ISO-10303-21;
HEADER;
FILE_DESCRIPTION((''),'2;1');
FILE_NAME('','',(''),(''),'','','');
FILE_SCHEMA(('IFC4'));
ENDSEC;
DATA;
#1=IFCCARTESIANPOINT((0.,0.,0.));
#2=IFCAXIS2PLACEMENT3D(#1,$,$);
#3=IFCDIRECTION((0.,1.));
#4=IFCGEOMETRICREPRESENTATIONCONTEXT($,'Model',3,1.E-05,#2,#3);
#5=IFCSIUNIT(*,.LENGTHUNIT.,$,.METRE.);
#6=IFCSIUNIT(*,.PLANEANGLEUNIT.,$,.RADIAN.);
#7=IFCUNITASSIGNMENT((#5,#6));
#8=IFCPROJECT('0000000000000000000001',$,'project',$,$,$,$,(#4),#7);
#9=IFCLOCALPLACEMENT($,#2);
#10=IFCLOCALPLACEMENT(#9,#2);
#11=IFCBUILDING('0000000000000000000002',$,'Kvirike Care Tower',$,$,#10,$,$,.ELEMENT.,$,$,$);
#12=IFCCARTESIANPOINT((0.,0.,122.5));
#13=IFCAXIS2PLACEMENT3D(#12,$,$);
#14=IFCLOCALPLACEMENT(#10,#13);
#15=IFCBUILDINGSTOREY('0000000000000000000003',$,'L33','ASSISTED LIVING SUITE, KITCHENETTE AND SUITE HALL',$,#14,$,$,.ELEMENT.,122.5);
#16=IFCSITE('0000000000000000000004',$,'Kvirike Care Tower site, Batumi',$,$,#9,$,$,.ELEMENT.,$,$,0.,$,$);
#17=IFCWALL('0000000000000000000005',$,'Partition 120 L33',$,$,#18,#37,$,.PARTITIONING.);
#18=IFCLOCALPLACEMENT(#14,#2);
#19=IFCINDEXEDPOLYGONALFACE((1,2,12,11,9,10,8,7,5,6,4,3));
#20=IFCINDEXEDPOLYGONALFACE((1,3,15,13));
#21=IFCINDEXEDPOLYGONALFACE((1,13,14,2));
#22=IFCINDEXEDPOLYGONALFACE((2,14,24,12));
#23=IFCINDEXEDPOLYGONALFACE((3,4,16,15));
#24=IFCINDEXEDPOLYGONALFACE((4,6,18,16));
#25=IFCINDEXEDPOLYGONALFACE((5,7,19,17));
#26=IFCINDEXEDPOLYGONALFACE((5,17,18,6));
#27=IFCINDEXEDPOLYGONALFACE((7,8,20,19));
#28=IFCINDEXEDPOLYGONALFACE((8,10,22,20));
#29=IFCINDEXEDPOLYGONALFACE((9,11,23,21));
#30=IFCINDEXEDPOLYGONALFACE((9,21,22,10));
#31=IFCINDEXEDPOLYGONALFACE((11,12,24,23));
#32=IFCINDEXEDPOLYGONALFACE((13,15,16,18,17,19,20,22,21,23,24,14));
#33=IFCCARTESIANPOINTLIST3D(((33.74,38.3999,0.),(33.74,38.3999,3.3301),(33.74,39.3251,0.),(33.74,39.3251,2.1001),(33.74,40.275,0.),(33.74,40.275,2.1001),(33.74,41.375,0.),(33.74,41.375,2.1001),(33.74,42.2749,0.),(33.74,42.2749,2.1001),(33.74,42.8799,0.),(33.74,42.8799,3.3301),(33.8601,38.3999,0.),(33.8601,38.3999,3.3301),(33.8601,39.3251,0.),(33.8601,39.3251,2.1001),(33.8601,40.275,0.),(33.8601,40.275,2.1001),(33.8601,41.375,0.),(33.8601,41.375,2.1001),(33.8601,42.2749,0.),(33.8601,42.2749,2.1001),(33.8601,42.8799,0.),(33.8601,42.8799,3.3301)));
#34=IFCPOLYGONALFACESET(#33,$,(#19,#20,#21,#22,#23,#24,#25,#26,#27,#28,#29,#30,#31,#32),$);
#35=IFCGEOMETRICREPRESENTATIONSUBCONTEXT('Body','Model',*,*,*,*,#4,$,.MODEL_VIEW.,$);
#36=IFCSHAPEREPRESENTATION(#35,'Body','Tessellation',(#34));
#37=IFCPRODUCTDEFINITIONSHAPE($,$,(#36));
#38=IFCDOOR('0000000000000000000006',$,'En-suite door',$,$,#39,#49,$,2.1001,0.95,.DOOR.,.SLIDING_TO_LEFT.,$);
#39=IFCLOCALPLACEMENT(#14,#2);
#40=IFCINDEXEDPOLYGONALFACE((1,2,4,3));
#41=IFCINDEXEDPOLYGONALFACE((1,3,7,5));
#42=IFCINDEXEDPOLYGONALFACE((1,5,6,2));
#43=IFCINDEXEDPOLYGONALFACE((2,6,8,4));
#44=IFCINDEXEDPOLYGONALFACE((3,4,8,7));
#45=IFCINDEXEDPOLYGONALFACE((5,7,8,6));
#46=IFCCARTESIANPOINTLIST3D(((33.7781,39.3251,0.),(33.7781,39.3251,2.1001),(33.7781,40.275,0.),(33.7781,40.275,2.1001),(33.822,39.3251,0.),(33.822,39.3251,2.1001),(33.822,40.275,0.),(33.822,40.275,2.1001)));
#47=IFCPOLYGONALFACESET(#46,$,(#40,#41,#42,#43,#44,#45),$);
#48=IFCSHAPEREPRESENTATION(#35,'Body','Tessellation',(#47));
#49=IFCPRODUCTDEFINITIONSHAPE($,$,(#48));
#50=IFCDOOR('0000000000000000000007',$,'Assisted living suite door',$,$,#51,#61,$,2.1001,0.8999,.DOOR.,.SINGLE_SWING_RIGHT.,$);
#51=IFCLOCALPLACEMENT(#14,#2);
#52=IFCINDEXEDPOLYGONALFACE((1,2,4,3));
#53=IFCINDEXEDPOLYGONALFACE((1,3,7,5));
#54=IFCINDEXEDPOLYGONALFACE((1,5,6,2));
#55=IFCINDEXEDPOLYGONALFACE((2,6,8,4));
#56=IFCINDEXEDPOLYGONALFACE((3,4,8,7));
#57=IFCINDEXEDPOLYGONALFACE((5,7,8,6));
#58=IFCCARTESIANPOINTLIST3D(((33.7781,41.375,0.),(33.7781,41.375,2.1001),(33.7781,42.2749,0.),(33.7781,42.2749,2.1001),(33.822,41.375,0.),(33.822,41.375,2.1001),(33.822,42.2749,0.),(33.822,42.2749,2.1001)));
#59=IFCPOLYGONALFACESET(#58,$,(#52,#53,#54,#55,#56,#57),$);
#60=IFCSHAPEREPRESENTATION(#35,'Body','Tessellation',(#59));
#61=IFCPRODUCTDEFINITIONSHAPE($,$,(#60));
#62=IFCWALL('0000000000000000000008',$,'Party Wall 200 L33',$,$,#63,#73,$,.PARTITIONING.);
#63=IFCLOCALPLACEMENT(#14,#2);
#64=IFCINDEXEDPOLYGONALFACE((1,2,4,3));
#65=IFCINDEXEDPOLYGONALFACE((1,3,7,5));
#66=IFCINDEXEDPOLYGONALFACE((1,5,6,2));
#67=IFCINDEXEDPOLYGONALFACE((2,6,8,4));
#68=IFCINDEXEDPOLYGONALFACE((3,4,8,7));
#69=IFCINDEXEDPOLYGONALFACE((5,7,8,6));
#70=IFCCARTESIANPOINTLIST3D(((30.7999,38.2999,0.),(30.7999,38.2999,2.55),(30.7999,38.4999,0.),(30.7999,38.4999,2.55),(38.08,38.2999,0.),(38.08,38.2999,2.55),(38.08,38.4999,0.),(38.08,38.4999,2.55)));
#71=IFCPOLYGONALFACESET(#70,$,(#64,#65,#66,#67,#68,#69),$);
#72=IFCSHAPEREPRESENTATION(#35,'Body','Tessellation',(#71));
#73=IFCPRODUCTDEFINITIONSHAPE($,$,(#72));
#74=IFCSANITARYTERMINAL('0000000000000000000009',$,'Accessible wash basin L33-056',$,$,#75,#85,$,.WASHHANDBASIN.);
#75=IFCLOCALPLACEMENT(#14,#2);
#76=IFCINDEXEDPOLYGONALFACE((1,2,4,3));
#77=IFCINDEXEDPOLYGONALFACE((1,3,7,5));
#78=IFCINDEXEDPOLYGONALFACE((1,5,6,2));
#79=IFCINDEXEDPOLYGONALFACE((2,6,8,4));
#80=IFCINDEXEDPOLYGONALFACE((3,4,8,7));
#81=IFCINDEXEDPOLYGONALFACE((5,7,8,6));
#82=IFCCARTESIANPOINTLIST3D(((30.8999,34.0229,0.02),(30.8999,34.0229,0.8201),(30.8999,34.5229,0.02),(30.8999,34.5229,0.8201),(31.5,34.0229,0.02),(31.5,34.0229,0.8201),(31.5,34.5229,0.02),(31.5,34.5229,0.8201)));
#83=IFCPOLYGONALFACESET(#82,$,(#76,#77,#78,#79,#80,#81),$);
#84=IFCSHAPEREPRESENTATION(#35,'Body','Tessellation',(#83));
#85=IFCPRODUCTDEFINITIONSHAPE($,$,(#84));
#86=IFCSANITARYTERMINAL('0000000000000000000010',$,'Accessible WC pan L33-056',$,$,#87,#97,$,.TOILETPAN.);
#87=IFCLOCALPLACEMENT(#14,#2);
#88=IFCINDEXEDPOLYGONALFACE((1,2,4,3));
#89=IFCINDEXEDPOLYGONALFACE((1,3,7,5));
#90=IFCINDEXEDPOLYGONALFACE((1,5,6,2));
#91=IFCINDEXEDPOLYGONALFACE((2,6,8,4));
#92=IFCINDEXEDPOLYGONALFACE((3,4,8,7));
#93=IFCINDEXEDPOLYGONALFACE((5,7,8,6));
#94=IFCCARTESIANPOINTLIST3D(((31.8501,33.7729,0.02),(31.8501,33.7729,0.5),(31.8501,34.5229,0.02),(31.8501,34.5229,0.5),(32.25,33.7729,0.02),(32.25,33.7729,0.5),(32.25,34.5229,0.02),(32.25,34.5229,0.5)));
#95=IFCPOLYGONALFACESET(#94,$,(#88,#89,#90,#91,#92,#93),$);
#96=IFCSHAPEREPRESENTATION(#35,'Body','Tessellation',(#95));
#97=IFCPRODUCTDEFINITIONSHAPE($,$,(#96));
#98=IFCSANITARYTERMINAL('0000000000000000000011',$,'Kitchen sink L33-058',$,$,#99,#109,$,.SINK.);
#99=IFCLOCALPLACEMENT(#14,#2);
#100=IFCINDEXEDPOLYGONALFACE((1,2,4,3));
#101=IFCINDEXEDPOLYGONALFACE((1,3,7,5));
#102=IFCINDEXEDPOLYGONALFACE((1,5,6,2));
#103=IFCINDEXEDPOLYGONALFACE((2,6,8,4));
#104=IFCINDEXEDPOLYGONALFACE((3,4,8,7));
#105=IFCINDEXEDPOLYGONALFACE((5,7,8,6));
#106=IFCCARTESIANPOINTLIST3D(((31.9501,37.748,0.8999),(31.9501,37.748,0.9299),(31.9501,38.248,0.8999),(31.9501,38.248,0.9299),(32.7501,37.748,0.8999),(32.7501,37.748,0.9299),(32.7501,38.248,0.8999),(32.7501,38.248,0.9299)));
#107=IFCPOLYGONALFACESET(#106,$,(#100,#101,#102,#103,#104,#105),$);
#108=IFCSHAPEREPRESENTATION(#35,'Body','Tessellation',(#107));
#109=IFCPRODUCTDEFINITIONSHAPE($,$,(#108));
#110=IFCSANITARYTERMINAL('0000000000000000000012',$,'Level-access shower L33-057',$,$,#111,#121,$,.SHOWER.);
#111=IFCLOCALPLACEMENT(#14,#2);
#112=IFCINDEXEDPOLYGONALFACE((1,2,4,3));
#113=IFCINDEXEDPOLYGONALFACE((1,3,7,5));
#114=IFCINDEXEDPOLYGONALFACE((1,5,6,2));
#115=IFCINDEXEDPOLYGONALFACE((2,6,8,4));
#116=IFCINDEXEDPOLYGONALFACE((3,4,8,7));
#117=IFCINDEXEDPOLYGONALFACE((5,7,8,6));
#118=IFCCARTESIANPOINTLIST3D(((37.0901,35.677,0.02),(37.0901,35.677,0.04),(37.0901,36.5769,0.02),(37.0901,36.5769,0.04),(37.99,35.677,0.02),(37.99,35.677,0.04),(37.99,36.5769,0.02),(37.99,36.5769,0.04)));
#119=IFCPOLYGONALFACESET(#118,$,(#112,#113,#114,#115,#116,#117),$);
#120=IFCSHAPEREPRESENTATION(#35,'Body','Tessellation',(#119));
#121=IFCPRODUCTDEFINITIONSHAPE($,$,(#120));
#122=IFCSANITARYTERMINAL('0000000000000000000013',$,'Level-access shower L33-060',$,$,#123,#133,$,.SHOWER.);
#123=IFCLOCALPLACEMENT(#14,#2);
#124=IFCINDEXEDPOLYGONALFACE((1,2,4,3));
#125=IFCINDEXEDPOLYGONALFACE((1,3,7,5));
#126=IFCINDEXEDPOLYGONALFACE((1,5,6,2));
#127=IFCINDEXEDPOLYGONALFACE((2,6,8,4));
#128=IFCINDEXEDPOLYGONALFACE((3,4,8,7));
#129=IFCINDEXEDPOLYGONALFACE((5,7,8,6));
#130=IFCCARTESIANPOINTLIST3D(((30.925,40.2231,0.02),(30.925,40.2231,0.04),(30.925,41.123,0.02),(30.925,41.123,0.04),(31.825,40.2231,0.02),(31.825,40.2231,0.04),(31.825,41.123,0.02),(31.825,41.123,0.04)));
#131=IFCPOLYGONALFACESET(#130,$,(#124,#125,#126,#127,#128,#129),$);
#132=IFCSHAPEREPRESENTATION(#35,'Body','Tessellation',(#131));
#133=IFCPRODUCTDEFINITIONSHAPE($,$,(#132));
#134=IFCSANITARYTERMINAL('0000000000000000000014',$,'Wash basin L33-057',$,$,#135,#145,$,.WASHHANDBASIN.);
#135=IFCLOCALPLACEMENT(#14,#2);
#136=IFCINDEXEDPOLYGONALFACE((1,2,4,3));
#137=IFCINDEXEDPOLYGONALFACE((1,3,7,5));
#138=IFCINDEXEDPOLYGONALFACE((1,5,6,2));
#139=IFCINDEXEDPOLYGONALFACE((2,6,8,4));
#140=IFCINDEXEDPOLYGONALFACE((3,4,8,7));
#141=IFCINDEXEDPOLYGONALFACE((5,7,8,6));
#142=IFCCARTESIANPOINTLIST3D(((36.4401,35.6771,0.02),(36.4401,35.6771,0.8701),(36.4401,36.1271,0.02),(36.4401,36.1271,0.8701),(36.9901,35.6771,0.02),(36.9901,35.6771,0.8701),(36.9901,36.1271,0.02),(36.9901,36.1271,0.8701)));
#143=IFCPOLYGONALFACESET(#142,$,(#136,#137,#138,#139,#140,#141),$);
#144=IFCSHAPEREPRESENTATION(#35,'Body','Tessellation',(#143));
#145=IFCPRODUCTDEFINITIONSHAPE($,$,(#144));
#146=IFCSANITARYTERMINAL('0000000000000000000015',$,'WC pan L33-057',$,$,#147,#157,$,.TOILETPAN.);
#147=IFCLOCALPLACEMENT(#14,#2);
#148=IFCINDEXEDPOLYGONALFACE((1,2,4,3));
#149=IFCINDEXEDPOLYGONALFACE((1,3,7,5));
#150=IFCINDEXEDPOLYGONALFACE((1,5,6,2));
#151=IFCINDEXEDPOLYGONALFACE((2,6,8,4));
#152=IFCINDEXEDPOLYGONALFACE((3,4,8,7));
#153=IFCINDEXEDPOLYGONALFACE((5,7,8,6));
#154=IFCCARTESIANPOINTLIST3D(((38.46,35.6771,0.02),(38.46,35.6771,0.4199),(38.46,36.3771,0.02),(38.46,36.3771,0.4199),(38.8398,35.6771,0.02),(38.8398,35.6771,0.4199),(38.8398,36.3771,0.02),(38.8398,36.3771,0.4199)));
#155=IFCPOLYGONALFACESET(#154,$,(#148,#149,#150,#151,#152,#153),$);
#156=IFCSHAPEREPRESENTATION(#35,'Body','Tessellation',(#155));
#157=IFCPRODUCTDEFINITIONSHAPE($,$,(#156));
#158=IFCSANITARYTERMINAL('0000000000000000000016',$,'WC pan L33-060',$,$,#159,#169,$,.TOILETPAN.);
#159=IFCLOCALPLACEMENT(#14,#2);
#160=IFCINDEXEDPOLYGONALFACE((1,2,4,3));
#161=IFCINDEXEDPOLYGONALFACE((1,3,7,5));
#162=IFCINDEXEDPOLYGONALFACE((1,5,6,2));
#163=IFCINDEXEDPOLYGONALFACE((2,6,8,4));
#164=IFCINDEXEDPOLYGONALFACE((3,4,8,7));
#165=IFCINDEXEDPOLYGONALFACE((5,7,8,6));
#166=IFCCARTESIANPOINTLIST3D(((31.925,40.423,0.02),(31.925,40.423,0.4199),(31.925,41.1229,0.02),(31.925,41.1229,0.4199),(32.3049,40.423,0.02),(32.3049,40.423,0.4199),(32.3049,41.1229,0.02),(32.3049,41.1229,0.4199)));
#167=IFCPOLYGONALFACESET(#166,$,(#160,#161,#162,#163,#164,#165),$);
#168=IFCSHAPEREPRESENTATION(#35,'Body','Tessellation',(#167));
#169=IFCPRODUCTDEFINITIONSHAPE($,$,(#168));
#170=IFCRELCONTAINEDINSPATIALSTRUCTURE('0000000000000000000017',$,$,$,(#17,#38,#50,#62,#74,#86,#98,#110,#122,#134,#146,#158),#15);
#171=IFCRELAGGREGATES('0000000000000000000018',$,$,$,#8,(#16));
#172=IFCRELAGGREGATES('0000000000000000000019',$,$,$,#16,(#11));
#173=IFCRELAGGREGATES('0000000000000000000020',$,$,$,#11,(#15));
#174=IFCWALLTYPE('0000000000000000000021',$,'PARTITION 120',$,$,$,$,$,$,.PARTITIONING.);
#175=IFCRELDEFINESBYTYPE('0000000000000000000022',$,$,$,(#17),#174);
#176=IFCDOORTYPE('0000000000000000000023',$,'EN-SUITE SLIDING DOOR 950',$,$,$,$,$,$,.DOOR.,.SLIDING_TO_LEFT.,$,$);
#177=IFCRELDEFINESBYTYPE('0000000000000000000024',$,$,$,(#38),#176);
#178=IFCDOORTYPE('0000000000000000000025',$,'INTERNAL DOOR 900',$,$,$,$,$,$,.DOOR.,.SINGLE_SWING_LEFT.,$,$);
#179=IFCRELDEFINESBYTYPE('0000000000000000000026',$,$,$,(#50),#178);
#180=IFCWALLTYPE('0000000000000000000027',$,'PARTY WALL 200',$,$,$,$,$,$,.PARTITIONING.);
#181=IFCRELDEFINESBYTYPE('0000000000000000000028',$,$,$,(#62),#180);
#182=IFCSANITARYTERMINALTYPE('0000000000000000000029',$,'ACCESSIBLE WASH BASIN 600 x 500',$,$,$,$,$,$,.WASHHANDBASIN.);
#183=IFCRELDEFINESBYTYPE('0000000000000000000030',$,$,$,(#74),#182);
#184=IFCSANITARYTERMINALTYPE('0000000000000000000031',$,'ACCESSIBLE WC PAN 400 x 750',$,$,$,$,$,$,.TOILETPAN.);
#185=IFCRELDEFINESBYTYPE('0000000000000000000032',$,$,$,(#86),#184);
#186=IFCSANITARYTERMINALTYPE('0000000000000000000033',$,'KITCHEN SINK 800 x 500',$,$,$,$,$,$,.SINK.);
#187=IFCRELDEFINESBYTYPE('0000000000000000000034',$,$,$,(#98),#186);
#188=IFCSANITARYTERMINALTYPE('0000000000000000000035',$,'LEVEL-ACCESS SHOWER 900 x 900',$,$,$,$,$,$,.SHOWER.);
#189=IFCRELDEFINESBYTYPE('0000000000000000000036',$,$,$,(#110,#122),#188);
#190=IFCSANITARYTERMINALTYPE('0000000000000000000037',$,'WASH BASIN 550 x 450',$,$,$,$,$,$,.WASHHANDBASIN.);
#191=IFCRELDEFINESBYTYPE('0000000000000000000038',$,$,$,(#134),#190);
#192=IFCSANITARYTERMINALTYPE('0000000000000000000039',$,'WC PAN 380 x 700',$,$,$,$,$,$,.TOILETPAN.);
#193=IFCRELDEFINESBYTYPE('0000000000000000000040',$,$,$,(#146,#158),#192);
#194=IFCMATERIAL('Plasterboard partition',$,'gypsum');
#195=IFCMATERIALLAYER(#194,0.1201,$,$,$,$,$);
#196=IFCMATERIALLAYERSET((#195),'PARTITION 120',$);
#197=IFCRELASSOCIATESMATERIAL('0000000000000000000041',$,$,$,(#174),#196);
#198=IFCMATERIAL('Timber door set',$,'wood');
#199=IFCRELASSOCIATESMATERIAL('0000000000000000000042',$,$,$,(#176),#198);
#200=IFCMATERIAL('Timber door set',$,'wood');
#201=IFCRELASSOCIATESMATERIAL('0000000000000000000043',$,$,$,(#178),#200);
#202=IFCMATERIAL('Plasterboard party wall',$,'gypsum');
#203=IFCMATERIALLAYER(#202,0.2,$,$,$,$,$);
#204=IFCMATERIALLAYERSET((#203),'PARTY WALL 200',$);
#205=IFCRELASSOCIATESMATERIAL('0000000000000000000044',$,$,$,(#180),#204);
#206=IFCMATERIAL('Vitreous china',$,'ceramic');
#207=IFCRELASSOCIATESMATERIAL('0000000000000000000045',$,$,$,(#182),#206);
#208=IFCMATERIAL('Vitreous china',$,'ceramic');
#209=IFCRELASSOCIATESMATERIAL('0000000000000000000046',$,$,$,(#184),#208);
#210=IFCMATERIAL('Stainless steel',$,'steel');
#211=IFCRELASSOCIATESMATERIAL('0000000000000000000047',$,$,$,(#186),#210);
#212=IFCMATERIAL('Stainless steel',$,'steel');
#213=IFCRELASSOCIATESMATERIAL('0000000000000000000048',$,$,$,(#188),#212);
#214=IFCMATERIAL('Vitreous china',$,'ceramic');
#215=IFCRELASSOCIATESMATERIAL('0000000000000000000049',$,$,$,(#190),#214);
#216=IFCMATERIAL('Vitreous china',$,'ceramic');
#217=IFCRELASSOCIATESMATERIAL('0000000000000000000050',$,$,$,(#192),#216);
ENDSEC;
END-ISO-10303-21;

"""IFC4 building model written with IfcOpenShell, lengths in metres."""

from ifc_helpers import new_model, si_unit, direction, frame, frame_2d, origin, origin_2d, place, context, subcontext, project, spatial, rectangle, extrude, material, layer, layer_set, type_object, element, fill, save


model = new_model("IFC4")

# Units and contexts
model_context = context("Model", 3, precision=1e-05, world=origin(), true_north=direction((0.0, 1.0)))
body_context = subcontext(model_context, "Body", "Model", "MODEL_VIEW")
ifc_project = project(units=[si_unit("LENGTHUNIT", "METRE"), si_unit("PLANEANGLEUNIT", "RADIAN")], contexts=[model_context])

# Site, building, storey
site_placement = place(None, origin())
site = spatial("IfcSite", under=ifc_project, at=site_placement, Name="Kvirike Care Tower site, Batumi", CompositionType="ELEMENT", RefElevation=0.0)
building_placement = place(site_placement, origin())
building = spatial("IfcBuilding", under=site, at=building_placement, Name="Kvirike Care Tower", CompositionType="ELEMENT")
storey_placement = place(building_placement, frame((0.0, 0.0, 122.5)))
storey = spatial("IfcBuildingStorey", under=building, at=storey_placement, Name="L33", Description="ASSISTED LIVING SUITE, KITCHENETTE AND SUITE HALL", CompositionType="ELEMENT", Elevation=122.5)

# Wall, openings, doors
ifc_material_1 = material(Name="Plasterboard partition", Category="gypsum")
ifc_layer_1 = layer(ifc_material_1, 0.1201)
ifc_layer_set_1 = layer_set([ifc_layer_1], Name="PARTITION 120")
wall_type_1 = type_object("IfcWallType", Name="PARTITION 120", PredefinedType="PARTITIONING", material=ifc_layer_set_1)
wall_1_placement = place(storey_placement, frame((33.8, 38.3999, 0.0), z_axis=(0.0, 0.0, 1.0), x_axis=(0.0, 1.0, 0.0)))
wall_1 = element("IfcWall", 1, at=wall_1_placement, inside=storey, type_object=wall_type_1, Name="Partition 120 L33", PredefinedType="PARTITIONING", context=body_context, shape_type="SweptSolid", body=[
    extrude(rectangle(XDim=4.48, YDim=0.1201, at=frame_2d((2.24, 0.0))), origin(), (0.0, 0.0, 1.0), 3.3301),
])
opening_1_placement = place(wall_1_placement, frame((2.9751, 0.0, 0.0)))
opening_1 = element("IfcOpeningElement", 2, at=opening_1_placement, cuts=wall_1, PredefinedType="OPENING", context=body_context, shape_type="SweptSolid", body=[
    extrude(rectangle(XDim=0.8999, YDim=2.1001, at=frame_2d((0.45, 1.05))), frame((0.0, 0.0706, 0.0), z_axis=(0.0, -1.0, 0.0), x_axis=(1.0, 0.0, 0.0)), (0.0, 0.0, 1.0), 0.1411),
])
opening_2_placement = place(wall_1_placement, frame((0.925, 0.0, 0.0)))
opening_2 = element("IfcOpeningElement", 3, at=opening_2_placement, cuts=wall_1, PredefinedType="OPENING", context=body_context, shape_type="SweptSolid", body=[
    extrude(rectangle(XDim=0.95, YDim=2.1001, at=frame_2d((0.4751, 1.05))), frame((0.0, 0.0706, 0.0), z_axis=(0.0, -1.0, 0.0), x_axis=(1.0, 0.0, 0.0)), (0.0, 0.0, 1.0), 0.1411),
])
ifc_material_2 = material(Name="Timber door set", Category="wood")
door_type_1 = type_object("IfcDoorType", Name="EN-SUITE SLIDING DOOR 950", OperationType="SLIDING_TO_LEFT", PredefinedType="DOOR", material=ifc_material_2)
door_1_placement = place(opening_2_placement, origin())
door_1 = element("IfcDoor", 4, at=door_1_placement, inside=storey, type_object=door_type_1, Name="En-suite door", OperationType="SLIDING_TO_LEFT", OverallHeight=2.1001, OverallWidth=0.95, PredefinedType="DOOR", context=body_context, shape_type="SweptSolid", body=[
    extrude(rectangle(XDim=0.95, YDim=2.1001, at=frame_2d((0.4751, 1.05))), frame((0.0, 0.022, 0.0), z_axis=(0.0, -1.0, 0.0), x_axis=(1.0, 0.0, 0.0)), (0.0, 0.0, 1.0), 0.0439),
])
fill(opening_2, door_1)
ifc_material_3 = material(Name="Timber door set", Category="wood")
door_type_2 = type_object("IfcDoorType", Name="INTERNAL DOOR 900", OperationType="SINGLE_SWING_LEFT", PredefinedType="DOOR", material=ifc_material_3)
door_2_placement = place(opening_1_placement, origin())
door_2 = element("IfcDoor", 5, at=door_2_placement, inside=storey, type_object=door_type_2, Name="Assisted living suite door", OperationType="SINGLE_SWING_RIGHT", OverallHeight=2.1001, OverallWidth=0.8999, PredefinedType="DOOR", context=body_context, shape_type="SweptSolid", body=[
    extrude(rectangle(XDim=0.8999, YDim=2.1001, at=frame_2d((0.45, 1.05))), frame((0.0, 0.022, 0.0), z_axis=(0.0, -1.0, 0.0), x_axis=(1.0, 0.0, 0.0)), (0.0, 0.0, 1.0), 0.0439),
])
fill(opening_1, door_2)

# Wall
ifc_material_4 = material(Name="Plasterboard party wall", Category="gypsum")
ifc_layer_2 = layer(ifc_material_4, 0.2)
ifc_layer_set_2 = layer_set([ifc_layer_2], Name="PARTY WALL 200")
wall_type_2 = type_object("IfcWallType", Name="PARTY WALL 200", PredefinedType="PARTITIONING", material=ifc_layer_set_2)
wall_2_placement = place(storey_placement, frame((38.0801, 38.3999, 0.0), z_axis=(0.0, 0.0, 1.0), x_axis=(-1.0, 0.0, 0.0)))
element("IfcWall", 6, at=wall_2_placement, inside=storey, type_object=wall_type_2, Name="Party Wall 200 L33", PredefinedType="PARTITIONING", context=body_context, shape_type="SweptSolid", body=[
    extrude(rectangle(XDim=7.28, YDim=0.2, at=frame_2d((3.6401, 0.0))), origin(), (0.0, 0.0, 1.0), 2.55),
])

# Sanitary terminals
ifc_material_5 = material(Name="Vitreous china", Category="ceramic")
sanitary_terminal_type_1 = type_object("IfcSanitaryTerminalType", Name="ACCESSIBLE WASH BASIN 600 x 500", PredefinedType="WASHHANDBASIN", material=ifc_material_5)
sanitary_terminal_1_placement = place(storey_placement, frame((31.2, 34.2729, 0.02), z_axis=(0.0, 0.0, 1.0), x_axis=(1.0, 0.0, 0.0)))
element("IfcSanitaryTerminal", 7, at=sanitary_terminal_1_placement, inside=storey, type_object=sanitary_terminal_type_1, Name="Accessible wash basin L33-056", PredefinedType="WASHHANDBASIN", context=body_context, shape_type="SweptSolid", body=[
    extrude(rectangle(XDim=0.6001, YDim=0.5, at=origin_2d()), origin(), (0.0, 0.0, 1.0), 0.8),
])
ifc_material_6 = material(Name="Vitreous china", Category="ceramic")
sanitary_terminal_type_2 = type_object("IfcSanitaryTerminalType", Name="ACCESSIBLE WC PAN 400 x 750", PredefinedType="TOILETPAN", material=ifc_material_6)
sanitary_terminal_2_placement = place(storey_placement, frame((32.05, 34.1479, 0.02), z_axis=(0.0, 0.0, 1.0), x_axis=(1.0, 0.0, 0.0)))
element("IfcSanitaryTerminal", 8, at=sanitary_terminal_2_placement, inside=storey, type_object=sanitary_terminal_type_2, Name="Accessible WC pan L33-056", PredefinedType="TOILETPAN", context=body_context, shape_type="SweptSolid", body=[
    extrude(rectangle(XDim=0.3999, YDim=0.75, at=origin_2d()), origin(), (0.0, 0.0, 1.0), 0.48),
])
ifc_material_7 = material(Name="Stainless steel", Category="steel")
sanitary_terminal_type_3 = type_object("IfcSanitaryTerminalType", Name="KITCHEN SINK 800 x 500", PredefinedType="SINK", material=ifc_material_7)
sanitary_terminal_3_placement = place(storey_placement, frame((32.3501, 37.998, 0.8999), z_axis=(0.0, 0.0, 1.0), x_axis=(1.0, 0.0, 0.0)))
element("IfcSanitaryTerminal", 9, at=sanitary_terminal_3_placement, inside=storey, type_object=sanitary_terminal_type_3, Name="Kitchen sink L33-058", PredefinedType="SINK", context=body_context, shape_type="SweptSolid", body=[
    extrude(rectangle(XDim=0.8, YDim=0.5, at=origin_2d()), origin(), (0.0, 0.0, 1.0), 0.03),
])
ifc_material_8 = material(Name="Stainless steel", Category="steel")
sanitary_terminal_type_4 = type_object("IfcSanitaryTerminalType", Name="LEVEL-ACCESS SHOWER 900 x 900", PredefinedType="SHOWER", material=ifc_material_8)
for number, where, z_axis, x_axis, name in (
    (10, (37.54, 36.127, 0.02), (0.0, 0.0, 1.0), (-1.0, 0.0, 0.0), "Level-access shower L33-057"),
    (11, (31.375, 40.6731, 0.02), (0.0, 0.0, 1.0), (1.0, 0.0, 0.0), "Level-access shower L33-060"),
):
    element("IfcSanitaryTerminal", number, at=place(storey_placement, frame(where, z_axis=z_axis, x_axis=x_axis)), inside=storey, type_object=sanitary_terminal_type_4, Name=name, PredefinedType="SHOWER", context=body_context, shape_type="SweptSolid", body=[
        extrude(rectangle(XDim=0.8999, YDim=0.8999, at=origin_2d()), origin(), (0.0, 0.0, 1.0), 0.02),
    ])
ifc_material_9 = material(Name="Vitreous china", Category="ceramic")
sanitary_terminal_type_5 = type_object("IfcSanitaryTerminalType", Name="WASH BASIN 550 x 450", PredefinedType="WASHHANDBASIN", material=ifc_material_9)
sanitary_terminal_4_placement = place(storey_placement, frame((36.7151, 35.9021, 0.02), z_axis=(0.0, 0.0, 1.0), x_axis=(-1.0, 0.0, 0.0)))
element("IfcSanitaryTerminal", 12, at=sanitary_terminal_4_placement, inside=storey, type_object=sanitary_terminal_type_5, Name="Wash basin L33-057", PredefinedType="WASHHANDBASIN", context=body_context, shape_type="SweptSolid", body=[
    extrude(rectangle(XDim=0.55, YDim=0.45, at=origin_2d()), origin(), (0.0, 0.0, 1.0), 0.8501),
])
ifc_material_10 = material(Name="Vitreous china", Category="ceramic")
sanitary_terminal_type_6 = type_object("IfcSanitaryTerminalType", Name="WC PAN 380 x 700", PredefinedType="TOILETPAN", material=ifc_material_10)
for number, where, z_axis, x_axis, name in (
    (13, (38.6499, 36.0271, 0.02), (0.0, 0.0, 1.0), (-1.0, 0.0, 0.0), "WC pan L33-057"),
    (14, (32.115, 40.7729, 0.02), (0.0, 0.0, 1.0), (1.0, 0.0, 0.0), "WC pan L33-060"),
):
    element("IfcSanitaryTerminal", number, at=place(storey_placement, frame(where, z_axis=z_axis, x_axis=x_axis)), inside=storey, type_object=sanitary_terminal_type_6, Name=name, PredefinedType="TOILETPAN", context=body_context, shape_type="SweptSolid", body=[
        extrude(rectangle(XDim=0.3799, YDim=0.7, at=origin_2d()), origin(), (0.0, 0.0, 1.0), 0.3999),
    ])

save(model, "model.ifc")
